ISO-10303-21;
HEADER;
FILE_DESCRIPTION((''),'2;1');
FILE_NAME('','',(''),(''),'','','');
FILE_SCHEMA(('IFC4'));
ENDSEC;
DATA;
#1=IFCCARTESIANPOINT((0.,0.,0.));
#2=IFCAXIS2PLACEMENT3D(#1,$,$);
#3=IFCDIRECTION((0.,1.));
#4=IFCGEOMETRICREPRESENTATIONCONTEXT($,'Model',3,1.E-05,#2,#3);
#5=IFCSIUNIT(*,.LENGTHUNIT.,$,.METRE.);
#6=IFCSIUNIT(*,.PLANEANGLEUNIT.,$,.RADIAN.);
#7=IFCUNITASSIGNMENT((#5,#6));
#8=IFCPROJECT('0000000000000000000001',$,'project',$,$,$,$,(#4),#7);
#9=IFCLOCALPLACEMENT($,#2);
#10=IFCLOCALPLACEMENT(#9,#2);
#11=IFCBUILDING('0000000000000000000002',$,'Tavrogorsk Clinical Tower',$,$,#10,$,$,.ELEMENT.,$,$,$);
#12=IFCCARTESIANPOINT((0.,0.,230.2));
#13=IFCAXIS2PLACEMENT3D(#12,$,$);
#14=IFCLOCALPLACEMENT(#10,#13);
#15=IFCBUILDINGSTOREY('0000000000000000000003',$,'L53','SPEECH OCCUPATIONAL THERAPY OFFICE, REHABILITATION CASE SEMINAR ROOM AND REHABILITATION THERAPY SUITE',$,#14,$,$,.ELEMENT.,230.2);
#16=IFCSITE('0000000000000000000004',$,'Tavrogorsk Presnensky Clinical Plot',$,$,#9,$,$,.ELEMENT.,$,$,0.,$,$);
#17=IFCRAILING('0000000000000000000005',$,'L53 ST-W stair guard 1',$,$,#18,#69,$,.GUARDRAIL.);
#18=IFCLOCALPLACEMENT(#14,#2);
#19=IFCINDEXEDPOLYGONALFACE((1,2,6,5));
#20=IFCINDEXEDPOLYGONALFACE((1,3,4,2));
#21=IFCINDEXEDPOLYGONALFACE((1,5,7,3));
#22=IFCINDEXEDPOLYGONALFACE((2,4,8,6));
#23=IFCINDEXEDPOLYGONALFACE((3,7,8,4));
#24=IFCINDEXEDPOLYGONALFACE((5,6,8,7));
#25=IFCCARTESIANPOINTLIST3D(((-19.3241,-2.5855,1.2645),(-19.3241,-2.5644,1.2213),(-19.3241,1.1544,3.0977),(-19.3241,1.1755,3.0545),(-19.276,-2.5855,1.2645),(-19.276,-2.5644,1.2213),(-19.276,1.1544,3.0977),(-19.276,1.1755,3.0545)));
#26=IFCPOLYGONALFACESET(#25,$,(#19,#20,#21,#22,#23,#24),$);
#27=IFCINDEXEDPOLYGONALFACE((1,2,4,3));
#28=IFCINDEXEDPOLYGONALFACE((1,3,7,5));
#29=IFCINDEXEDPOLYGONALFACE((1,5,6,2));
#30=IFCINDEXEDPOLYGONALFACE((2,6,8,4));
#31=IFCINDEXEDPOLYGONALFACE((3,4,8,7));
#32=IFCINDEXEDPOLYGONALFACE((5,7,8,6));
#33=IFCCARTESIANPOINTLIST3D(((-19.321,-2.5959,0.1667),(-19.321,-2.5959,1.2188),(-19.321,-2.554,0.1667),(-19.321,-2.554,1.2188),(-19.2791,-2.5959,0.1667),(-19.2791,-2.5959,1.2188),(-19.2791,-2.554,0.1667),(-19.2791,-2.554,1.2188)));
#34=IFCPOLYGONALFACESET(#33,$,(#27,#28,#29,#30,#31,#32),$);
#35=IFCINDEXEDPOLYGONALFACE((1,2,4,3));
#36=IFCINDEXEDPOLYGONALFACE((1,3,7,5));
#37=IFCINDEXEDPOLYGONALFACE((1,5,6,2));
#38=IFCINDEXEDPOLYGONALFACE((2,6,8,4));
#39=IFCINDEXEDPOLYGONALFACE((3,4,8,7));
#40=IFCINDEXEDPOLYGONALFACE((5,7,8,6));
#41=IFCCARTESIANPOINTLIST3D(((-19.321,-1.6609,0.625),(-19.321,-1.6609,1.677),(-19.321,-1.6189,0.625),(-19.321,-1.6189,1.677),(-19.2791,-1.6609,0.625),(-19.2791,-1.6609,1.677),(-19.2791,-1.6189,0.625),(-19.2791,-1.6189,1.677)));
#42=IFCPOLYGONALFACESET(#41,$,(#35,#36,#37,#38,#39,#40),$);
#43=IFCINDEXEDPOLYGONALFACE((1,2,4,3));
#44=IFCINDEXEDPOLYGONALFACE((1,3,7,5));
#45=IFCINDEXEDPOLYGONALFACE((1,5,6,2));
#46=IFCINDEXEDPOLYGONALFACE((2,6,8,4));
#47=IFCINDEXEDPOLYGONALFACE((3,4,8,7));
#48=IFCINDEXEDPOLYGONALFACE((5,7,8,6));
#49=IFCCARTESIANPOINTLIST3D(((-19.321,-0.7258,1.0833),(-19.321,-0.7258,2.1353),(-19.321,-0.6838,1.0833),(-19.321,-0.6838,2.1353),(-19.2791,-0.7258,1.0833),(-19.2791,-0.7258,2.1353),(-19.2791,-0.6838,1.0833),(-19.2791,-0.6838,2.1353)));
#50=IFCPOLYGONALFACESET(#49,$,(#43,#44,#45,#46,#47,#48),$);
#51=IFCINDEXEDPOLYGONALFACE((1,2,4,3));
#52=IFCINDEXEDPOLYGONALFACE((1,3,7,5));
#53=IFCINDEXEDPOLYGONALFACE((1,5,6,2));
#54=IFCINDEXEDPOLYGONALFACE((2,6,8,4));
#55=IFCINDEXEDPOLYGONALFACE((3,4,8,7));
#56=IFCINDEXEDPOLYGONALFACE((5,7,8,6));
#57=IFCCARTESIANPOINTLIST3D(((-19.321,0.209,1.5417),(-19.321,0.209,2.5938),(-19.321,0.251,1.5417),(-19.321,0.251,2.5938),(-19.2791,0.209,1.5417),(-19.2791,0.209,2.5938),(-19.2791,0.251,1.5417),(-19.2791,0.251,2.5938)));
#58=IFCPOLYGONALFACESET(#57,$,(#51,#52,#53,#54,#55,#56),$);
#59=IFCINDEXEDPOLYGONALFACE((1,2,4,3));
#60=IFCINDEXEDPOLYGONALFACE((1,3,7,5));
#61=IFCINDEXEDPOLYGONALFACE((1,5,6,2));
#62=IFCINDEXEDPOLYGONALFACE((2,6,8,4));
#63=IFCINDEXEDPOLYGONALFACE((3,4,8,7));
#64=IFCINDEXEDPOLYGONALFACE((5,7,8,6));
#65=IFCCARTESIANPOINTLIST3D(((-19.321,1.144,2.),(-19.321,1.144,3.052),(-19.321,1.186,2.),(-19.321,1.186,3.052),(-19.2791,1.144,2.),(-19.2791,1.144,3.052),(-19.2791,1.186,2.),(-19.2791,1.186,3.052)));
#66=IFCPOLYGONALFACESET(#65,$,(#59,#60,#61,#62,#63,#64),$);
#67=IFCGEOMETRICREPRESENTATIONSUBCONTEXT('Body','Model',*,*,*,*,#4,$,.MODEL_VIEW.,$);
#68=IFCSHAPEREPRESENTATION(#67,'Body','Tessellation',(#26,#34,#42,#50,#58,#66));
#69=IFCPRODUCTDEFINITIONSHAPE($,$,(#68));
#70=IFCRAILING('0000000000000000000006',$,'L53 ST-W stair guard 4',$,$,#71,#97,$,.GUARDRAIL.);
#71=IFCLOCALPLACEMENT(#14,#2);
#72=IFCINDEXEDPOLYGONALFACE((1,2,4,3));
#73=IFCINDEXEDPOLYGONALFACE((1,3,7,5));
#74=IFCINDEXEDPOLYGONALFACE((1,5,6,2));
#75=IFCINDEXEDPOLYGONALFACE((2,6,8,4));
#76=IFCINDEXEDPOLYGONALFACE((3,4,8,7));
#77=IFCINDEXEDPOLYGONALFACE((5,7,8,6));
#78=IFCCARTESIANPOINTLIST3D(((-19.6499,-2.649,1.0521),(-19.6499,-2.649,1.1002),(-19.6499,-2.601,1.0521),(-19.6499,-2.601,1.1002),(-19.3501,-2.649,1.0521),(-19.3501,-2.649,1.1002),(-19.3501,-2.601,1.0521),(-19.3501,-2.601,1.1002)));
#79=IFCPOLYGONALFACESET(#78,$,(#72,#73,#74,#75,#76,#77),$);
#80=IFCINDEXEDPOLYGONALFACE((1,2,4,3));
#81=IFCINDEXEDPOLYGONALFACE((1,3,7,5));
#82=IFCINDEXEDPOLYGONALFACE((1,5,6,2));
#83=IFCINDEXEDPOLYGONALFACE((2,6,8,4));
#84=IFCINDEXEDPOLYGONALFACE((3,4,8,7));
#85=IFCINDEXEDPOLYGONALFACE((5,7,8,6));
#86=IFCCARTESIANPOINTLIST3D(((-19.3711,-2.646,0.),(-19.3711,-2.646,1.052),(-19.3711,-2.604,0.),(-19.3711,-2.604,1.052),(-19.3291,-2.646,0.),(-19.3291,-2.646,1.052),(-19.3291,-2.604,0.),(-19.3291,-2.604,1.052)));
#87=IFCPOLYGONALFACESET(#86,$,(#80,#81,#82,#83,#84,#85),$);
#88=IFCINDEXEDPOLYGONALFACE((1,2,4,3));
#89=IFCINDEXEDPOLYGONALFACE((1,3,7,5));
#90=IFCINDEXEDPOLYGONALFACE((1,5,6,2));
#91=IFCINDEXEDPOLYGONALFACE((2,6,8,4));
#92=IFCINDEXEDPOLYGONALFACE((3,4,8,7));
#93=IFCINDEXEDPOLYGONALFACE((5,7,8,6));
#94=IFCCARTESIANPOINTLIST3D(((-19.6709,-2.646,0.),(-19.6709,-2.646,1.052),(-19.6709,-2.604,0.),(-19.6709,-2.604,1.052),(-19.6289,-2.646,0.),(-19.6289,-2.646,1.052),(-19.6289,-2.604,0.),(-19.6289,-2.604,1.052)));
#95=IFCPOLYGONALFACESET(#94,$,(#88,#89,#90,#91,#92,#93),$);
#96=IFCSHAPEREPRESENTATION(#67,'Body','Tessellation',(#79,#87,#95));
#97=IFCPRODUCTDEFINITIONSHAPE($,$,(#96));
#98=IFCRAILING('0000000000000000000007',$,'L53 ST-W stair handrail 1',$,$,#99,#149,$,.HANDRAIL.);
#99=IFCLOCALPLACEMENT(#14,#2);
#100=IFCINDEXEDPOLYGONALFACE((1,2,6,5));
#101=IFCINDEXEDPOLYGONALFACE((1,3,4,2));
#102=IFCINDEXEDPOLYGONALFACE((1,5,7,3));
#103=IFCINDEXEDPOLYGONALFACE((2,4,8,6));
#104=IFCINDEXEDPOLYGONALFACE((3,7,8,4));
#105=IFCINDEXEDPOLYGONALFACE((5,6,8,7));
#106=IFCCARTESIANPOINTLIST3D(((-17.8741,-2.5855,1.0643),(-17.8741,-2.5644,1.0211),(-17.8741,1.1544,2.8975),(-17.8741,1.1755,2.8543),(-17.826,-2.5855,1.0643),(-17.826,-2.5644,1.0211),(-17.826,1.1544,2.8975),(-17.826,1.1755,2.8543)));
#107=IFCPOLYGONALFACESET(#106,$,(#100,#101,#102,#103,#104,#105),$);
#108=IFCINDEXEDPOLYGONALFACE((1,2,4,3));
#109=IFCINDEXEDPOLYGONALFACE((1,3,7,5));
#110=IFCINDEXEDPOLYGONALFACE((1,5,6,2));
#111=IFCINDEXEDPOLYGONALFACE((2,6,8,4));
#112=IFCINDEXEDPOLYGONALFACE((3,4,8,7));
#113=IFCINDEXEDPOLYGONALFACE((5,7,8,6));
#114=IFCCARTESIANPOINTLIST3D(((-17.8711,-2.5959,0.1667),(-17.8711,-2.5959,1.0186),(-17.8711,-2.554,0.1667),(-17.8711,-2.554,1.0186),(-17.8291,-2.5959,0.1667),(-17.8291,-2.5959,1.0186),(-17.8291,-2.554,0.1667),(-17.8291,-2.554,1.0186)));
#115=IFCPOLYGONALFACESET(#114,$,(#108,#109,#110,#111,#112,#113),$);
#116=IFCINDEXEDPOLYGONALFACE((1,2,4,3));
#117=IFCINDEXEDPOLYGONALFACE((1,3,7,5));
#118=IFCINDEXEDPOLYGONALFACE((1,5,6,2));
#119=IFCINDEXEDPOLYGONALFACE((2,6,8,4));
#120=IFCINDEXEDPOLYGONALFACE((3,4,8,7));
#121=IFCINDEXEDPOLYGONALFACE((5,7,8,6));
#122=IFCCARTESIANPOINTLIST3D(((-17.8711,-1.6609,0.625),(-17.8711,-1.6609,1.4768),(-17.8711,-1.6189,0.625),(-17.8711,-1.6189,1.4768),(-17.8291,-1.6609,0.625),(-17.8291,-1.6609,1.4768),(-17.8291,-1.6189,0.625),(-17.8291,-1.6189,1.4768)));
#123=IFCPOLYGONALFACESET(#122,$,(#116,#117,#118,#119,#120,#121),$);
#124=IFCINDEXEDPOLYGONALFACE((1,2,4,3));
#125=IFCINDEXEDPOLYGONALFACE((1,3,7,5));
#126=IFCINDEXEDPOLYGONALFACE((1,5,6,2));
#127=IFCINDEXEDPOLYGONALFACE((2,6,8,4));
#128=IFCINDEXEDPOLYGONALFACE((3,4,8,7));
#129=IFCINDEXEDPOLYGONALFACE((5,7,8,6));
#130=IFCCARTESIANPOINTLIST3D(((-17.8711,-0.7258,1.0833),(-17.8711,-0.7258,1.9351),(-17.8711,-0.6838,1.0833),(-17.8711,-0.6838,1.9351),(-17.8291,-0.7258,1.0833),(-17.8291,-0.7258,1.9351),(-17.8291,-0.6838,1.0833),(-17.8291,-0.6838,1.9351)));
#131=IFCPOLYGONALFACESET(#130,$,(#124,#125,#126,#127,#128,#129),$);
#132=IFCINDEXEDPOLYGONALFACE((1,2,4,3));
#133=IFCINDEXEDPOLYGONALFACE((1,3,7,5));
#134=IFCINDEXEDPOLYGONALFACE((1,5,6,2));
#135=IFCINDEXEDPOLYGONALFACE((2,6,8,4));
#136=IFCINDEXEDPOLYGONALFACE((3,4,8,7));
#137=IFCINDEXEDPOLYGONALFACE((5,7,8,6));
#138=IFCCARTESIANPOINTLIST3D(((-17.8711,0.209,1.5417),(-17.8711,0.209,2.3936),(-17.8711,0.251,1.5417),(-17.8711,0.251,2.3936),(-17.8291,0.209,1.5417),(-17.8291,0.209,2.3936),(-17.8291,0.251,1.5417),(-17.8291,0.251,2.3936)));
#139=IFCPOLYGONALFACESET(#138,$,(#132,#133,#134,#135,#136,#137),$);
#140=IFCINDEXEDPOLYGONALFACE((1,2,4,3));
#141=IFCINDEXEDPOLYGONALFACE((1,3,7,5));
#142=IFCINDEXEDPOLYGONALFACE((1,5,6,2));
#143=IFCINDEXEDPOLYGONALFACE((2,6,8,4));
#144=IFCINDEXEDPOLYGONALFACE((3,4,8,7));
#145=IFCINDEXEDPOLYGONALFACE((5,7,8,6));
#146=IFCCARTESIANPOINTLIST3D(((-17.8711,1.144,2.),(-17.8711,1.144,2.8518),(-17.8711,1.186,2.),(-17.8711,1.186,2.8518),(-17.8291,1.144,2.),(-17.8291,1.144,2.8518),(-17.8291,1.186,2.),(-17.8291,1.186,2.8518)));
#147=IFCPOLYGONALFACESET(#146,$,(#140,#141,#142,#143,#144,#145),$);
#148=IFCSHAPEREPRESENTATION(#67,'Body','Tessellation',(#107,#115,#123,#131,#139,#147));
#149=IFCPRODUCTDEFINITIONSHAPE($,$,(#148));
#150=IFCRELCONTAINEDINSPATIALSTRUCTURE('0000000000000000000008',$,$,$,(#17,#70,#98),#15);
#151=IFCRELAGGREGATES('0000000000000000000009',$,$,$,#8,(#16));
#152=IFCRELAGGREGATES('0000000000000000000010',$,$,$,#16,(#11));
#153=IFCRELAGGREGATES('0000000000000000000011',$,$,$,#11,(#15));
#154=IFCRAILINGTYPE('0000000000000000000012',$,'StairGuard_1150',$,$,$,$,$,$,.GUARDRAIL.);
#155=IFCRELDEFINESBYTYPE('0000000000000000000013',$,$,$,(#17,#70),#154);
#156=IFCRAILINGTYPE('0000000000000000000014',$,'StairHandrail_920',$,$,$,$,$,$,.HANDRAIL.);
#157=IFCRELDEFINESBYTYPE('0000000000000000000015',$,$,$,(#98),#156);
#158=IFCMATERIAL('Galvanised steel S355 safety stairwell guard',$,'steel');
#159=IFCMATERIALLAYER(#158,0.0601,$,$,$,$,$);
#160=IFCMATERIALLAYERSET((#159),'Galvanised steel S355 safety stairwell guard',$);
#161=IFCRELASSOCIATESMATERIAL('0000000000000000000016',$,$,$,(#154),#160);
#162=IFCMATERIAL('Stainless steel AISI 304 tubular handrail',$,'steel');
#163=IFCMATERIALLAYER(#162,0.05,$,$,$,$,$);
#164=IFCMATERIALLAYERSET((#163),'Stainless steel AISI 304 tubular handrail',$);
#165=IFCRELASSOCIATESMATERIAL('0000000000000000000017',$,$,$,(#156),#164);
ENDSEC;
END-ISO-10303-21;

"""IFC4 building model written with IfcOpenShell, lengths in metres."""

from ifc_helpers import new_model, si_unit, direction, frame, origin, origin_2d, place, context, subcontext, project, spatial, rectangle, extrude, material, layer, layer_set, type_object, element, save


model = new_model("IFC4")

# Units and contexts
model_context = context("Model", 3, precision=1e-05, world=origin(), true_north=direction((0.0, 1.0)))
body_context = subcontext(model_context, "Body", "Model", "MODEL_VIEW")
ifc_project = project(units=[si_unit("LENGTHUNIT", "METRE"), si_unit("PLANEANGLEUNIT", "RADIAN")], contexts=[model_context])

# Site, building, storey
site_placement = place(None, origin())
site = spatial("IfcSite", under=ifc_project, at=site_placement, Name="Tavrogorsk Presnensky Clinical Plot", CompositionType="ELEMENT", RefElevation=0.0)
building_placement = place(site_placement, origin())
building = spatial("IfcBuilding", under=site, at=building_placement, Name="Tavrogorsk Clinical Tower", CompositionType="ELEMENT")
storey_placement = place(building_placement, frame((0.0, 0.0, 230.2)))
storey = spatial("IfcBuildingStorey", under=building, at=storey_placement, Name="L53", Description="SPEECH OCCUPATIONAL THERAPY OFFICE, REHABILITATION CASE SEMINAR ROOM AND REHABILITATION THERAPY SUITE", CompositionType="ELEMENT", Elevation=230.2)

# Railings
ifc_material_1 = material(Name="Galvanised steel S355 safety stairwell guard", Category="steel")
ifc_layer_1 = layer(ifc_material_1, 0.0601)
ifc_layer_set_1 = layer_set([ifc_layer_1], Name="Galvanised steel S355 safety stairwell guard")
railing_type_1 = type_object("IfcRailingType", Name="StairGuard_1150", PredefinedType="GUARDRAIL", material=ifc_layer_set_1)
railing_1_placement = place(storey_placement, frame((-19.3, -2.575, 0.1667)))
element("IfcRailing", 1, at=railing_1_placement, inside=storey, type_object=railing_type_1, Name="L53 ST-W stair guard 1", PredefinedType="GUARDRAIL", context=body_context, shape_type="SweptSolid", body=[
    extrude(rectangle(XDim=0.0481, YDim=0.0481, at=origin_2d()), frame((0.0, 0.0, 1.0762), z_axis=(0.0, 0.897928, 0.440142), x_axis=(-1.0, 0.0, 0.0)), (0.0, 0.0, 1.0), 4.165),
    extrude(rectangle(XDim=0.042, YDim=0.042, at=origin_2d()), origin(), (0.0, 0.0, 1.0), 1.052),
    extrude(rectangle(XDim=0.042, YDim=0.042, at=origin_2d()), frame((0.0, 0.9351, 0.4583)), (0.0, 0.0, 1.0), 1.052),
    extrude(rectangle(XDim=0.042, YDim=0.042, at=origin_2d()), frame((0.0, 1.8701, 0.9165)), (0.0, 0.0, 1.0), 1.052),
    extrude(rectangle(XDim=0.042, YDim=0.042, at=origin_2d()), frame((0.0, 2.8049, 1.375)), (0.0, 0.0, 1.0), 1.052),
    extrude(rectangle(XDim=0.042, YDim=0.042, at=origin_2d()), frame((0.0, 3.74, 1.8333)), (0.0, 0.0, 1.0), 1.052),
])
railing_2_placement = place(storey_placement, frame((-19.3501, -2.625, 0.0)))
element("IfcRailing", 2, at=railing_2_placement, inside=storey, type_object=railing_type_1, Name="L53 ST-W stair guard 4", PredefinedType="GUARDRAIL", context=body_context, shape_type="SweptSolid", body=[
    extrude(rectangle(XDim=0.0481, YDim=0.0481, at=origin_2d()), frame((0.0, 0.0, 1.0762), z_axis=(-1.0, 0.0, 0.0), x_axis=(0.0, -1.0, 0.0)), (0.0, 0.0, 1.0), 0.2998),
    extrude(rectangle(XDim=0.042, YDim=0.042, at=origin_2d()), origin(), (0.0, 0.0, 1.0), 1.052),
    extrude(rectangle(XDim=0.042, YDim=0.042, at=origin_2d()), frame((-0.2998, 0.0, 0.0)), (0.0, 0.0, 1.0), 1.052),
])
ifc_material_2 = material(Name="Stainless steel AISI 304 tubular handrail", Category="steel")
ifc_layer_2 = layer(ifc_material_2, 0.05)
ifc_layer_set_2 = layer_set([ifc_layer_2], Name="Stainless steel AISI 304 tubular handrail")
railing_type_2 = type_object("IfcRailingType", Name="StairHandrail_920", PredefinedType="HANDRAIL", material=ifc_layer_set_2)
railing_3_placement = place(storey_placement, frame((-17.8501, -2.575, 0.1667)))
element("IfcRailing", 3, at=railing_3_placement, inside=storey, type_object=railing_type_2, Name="L53 ST-W stair handrail 1", PredefinedType="HANDRAIL", context=body_context, shape_type="SweptSolid", body=[
    extrude(rectangle(XDim=0.0481, YDim=0.0481, at=origin_2d()), frame((0.0, 0.0, 0.876), z_axis=(0.0, 0.897928, 0.440142), x_axis=(-1.0, 0.0, 0.0)), (0.0, 0.0, 1.0), 4.165),
    extrude(rectangle(XDim=0.042, YDim=0.042, at=origin_2d()), origin(), (0.0, 0.0, 1.0), 0.8518),
    extrude(rectangle(XDim=0.042, YDim=0.042, at=origin_2d()), frame((0.0, 0.9351, 0.4583)), (0.0, 0.0, 1.0), 0.8518),
    extrude(rectangle(XDim=0.042, YDim=0.042, at=origin_2d()), frame((0.0, 1.8701, 0.9165)), (0.0, 0.0, 1.0), 0.8518),
    extrude(rectangle(XDim=0.042, YDim=0.042, at=origin_2d()), frame((0.0, 2.8049, 1.375)), (0.0, 0.0, 1.0), 0.8518),
    extrude(rectangle(XDim=0.042, YDim=0.042, at=origin_2d()), frame((0.0, 3.74, 1.8333)), (0.0, 0.0, 1.0), 0.8518),
])

save(model, "model.ifc")
